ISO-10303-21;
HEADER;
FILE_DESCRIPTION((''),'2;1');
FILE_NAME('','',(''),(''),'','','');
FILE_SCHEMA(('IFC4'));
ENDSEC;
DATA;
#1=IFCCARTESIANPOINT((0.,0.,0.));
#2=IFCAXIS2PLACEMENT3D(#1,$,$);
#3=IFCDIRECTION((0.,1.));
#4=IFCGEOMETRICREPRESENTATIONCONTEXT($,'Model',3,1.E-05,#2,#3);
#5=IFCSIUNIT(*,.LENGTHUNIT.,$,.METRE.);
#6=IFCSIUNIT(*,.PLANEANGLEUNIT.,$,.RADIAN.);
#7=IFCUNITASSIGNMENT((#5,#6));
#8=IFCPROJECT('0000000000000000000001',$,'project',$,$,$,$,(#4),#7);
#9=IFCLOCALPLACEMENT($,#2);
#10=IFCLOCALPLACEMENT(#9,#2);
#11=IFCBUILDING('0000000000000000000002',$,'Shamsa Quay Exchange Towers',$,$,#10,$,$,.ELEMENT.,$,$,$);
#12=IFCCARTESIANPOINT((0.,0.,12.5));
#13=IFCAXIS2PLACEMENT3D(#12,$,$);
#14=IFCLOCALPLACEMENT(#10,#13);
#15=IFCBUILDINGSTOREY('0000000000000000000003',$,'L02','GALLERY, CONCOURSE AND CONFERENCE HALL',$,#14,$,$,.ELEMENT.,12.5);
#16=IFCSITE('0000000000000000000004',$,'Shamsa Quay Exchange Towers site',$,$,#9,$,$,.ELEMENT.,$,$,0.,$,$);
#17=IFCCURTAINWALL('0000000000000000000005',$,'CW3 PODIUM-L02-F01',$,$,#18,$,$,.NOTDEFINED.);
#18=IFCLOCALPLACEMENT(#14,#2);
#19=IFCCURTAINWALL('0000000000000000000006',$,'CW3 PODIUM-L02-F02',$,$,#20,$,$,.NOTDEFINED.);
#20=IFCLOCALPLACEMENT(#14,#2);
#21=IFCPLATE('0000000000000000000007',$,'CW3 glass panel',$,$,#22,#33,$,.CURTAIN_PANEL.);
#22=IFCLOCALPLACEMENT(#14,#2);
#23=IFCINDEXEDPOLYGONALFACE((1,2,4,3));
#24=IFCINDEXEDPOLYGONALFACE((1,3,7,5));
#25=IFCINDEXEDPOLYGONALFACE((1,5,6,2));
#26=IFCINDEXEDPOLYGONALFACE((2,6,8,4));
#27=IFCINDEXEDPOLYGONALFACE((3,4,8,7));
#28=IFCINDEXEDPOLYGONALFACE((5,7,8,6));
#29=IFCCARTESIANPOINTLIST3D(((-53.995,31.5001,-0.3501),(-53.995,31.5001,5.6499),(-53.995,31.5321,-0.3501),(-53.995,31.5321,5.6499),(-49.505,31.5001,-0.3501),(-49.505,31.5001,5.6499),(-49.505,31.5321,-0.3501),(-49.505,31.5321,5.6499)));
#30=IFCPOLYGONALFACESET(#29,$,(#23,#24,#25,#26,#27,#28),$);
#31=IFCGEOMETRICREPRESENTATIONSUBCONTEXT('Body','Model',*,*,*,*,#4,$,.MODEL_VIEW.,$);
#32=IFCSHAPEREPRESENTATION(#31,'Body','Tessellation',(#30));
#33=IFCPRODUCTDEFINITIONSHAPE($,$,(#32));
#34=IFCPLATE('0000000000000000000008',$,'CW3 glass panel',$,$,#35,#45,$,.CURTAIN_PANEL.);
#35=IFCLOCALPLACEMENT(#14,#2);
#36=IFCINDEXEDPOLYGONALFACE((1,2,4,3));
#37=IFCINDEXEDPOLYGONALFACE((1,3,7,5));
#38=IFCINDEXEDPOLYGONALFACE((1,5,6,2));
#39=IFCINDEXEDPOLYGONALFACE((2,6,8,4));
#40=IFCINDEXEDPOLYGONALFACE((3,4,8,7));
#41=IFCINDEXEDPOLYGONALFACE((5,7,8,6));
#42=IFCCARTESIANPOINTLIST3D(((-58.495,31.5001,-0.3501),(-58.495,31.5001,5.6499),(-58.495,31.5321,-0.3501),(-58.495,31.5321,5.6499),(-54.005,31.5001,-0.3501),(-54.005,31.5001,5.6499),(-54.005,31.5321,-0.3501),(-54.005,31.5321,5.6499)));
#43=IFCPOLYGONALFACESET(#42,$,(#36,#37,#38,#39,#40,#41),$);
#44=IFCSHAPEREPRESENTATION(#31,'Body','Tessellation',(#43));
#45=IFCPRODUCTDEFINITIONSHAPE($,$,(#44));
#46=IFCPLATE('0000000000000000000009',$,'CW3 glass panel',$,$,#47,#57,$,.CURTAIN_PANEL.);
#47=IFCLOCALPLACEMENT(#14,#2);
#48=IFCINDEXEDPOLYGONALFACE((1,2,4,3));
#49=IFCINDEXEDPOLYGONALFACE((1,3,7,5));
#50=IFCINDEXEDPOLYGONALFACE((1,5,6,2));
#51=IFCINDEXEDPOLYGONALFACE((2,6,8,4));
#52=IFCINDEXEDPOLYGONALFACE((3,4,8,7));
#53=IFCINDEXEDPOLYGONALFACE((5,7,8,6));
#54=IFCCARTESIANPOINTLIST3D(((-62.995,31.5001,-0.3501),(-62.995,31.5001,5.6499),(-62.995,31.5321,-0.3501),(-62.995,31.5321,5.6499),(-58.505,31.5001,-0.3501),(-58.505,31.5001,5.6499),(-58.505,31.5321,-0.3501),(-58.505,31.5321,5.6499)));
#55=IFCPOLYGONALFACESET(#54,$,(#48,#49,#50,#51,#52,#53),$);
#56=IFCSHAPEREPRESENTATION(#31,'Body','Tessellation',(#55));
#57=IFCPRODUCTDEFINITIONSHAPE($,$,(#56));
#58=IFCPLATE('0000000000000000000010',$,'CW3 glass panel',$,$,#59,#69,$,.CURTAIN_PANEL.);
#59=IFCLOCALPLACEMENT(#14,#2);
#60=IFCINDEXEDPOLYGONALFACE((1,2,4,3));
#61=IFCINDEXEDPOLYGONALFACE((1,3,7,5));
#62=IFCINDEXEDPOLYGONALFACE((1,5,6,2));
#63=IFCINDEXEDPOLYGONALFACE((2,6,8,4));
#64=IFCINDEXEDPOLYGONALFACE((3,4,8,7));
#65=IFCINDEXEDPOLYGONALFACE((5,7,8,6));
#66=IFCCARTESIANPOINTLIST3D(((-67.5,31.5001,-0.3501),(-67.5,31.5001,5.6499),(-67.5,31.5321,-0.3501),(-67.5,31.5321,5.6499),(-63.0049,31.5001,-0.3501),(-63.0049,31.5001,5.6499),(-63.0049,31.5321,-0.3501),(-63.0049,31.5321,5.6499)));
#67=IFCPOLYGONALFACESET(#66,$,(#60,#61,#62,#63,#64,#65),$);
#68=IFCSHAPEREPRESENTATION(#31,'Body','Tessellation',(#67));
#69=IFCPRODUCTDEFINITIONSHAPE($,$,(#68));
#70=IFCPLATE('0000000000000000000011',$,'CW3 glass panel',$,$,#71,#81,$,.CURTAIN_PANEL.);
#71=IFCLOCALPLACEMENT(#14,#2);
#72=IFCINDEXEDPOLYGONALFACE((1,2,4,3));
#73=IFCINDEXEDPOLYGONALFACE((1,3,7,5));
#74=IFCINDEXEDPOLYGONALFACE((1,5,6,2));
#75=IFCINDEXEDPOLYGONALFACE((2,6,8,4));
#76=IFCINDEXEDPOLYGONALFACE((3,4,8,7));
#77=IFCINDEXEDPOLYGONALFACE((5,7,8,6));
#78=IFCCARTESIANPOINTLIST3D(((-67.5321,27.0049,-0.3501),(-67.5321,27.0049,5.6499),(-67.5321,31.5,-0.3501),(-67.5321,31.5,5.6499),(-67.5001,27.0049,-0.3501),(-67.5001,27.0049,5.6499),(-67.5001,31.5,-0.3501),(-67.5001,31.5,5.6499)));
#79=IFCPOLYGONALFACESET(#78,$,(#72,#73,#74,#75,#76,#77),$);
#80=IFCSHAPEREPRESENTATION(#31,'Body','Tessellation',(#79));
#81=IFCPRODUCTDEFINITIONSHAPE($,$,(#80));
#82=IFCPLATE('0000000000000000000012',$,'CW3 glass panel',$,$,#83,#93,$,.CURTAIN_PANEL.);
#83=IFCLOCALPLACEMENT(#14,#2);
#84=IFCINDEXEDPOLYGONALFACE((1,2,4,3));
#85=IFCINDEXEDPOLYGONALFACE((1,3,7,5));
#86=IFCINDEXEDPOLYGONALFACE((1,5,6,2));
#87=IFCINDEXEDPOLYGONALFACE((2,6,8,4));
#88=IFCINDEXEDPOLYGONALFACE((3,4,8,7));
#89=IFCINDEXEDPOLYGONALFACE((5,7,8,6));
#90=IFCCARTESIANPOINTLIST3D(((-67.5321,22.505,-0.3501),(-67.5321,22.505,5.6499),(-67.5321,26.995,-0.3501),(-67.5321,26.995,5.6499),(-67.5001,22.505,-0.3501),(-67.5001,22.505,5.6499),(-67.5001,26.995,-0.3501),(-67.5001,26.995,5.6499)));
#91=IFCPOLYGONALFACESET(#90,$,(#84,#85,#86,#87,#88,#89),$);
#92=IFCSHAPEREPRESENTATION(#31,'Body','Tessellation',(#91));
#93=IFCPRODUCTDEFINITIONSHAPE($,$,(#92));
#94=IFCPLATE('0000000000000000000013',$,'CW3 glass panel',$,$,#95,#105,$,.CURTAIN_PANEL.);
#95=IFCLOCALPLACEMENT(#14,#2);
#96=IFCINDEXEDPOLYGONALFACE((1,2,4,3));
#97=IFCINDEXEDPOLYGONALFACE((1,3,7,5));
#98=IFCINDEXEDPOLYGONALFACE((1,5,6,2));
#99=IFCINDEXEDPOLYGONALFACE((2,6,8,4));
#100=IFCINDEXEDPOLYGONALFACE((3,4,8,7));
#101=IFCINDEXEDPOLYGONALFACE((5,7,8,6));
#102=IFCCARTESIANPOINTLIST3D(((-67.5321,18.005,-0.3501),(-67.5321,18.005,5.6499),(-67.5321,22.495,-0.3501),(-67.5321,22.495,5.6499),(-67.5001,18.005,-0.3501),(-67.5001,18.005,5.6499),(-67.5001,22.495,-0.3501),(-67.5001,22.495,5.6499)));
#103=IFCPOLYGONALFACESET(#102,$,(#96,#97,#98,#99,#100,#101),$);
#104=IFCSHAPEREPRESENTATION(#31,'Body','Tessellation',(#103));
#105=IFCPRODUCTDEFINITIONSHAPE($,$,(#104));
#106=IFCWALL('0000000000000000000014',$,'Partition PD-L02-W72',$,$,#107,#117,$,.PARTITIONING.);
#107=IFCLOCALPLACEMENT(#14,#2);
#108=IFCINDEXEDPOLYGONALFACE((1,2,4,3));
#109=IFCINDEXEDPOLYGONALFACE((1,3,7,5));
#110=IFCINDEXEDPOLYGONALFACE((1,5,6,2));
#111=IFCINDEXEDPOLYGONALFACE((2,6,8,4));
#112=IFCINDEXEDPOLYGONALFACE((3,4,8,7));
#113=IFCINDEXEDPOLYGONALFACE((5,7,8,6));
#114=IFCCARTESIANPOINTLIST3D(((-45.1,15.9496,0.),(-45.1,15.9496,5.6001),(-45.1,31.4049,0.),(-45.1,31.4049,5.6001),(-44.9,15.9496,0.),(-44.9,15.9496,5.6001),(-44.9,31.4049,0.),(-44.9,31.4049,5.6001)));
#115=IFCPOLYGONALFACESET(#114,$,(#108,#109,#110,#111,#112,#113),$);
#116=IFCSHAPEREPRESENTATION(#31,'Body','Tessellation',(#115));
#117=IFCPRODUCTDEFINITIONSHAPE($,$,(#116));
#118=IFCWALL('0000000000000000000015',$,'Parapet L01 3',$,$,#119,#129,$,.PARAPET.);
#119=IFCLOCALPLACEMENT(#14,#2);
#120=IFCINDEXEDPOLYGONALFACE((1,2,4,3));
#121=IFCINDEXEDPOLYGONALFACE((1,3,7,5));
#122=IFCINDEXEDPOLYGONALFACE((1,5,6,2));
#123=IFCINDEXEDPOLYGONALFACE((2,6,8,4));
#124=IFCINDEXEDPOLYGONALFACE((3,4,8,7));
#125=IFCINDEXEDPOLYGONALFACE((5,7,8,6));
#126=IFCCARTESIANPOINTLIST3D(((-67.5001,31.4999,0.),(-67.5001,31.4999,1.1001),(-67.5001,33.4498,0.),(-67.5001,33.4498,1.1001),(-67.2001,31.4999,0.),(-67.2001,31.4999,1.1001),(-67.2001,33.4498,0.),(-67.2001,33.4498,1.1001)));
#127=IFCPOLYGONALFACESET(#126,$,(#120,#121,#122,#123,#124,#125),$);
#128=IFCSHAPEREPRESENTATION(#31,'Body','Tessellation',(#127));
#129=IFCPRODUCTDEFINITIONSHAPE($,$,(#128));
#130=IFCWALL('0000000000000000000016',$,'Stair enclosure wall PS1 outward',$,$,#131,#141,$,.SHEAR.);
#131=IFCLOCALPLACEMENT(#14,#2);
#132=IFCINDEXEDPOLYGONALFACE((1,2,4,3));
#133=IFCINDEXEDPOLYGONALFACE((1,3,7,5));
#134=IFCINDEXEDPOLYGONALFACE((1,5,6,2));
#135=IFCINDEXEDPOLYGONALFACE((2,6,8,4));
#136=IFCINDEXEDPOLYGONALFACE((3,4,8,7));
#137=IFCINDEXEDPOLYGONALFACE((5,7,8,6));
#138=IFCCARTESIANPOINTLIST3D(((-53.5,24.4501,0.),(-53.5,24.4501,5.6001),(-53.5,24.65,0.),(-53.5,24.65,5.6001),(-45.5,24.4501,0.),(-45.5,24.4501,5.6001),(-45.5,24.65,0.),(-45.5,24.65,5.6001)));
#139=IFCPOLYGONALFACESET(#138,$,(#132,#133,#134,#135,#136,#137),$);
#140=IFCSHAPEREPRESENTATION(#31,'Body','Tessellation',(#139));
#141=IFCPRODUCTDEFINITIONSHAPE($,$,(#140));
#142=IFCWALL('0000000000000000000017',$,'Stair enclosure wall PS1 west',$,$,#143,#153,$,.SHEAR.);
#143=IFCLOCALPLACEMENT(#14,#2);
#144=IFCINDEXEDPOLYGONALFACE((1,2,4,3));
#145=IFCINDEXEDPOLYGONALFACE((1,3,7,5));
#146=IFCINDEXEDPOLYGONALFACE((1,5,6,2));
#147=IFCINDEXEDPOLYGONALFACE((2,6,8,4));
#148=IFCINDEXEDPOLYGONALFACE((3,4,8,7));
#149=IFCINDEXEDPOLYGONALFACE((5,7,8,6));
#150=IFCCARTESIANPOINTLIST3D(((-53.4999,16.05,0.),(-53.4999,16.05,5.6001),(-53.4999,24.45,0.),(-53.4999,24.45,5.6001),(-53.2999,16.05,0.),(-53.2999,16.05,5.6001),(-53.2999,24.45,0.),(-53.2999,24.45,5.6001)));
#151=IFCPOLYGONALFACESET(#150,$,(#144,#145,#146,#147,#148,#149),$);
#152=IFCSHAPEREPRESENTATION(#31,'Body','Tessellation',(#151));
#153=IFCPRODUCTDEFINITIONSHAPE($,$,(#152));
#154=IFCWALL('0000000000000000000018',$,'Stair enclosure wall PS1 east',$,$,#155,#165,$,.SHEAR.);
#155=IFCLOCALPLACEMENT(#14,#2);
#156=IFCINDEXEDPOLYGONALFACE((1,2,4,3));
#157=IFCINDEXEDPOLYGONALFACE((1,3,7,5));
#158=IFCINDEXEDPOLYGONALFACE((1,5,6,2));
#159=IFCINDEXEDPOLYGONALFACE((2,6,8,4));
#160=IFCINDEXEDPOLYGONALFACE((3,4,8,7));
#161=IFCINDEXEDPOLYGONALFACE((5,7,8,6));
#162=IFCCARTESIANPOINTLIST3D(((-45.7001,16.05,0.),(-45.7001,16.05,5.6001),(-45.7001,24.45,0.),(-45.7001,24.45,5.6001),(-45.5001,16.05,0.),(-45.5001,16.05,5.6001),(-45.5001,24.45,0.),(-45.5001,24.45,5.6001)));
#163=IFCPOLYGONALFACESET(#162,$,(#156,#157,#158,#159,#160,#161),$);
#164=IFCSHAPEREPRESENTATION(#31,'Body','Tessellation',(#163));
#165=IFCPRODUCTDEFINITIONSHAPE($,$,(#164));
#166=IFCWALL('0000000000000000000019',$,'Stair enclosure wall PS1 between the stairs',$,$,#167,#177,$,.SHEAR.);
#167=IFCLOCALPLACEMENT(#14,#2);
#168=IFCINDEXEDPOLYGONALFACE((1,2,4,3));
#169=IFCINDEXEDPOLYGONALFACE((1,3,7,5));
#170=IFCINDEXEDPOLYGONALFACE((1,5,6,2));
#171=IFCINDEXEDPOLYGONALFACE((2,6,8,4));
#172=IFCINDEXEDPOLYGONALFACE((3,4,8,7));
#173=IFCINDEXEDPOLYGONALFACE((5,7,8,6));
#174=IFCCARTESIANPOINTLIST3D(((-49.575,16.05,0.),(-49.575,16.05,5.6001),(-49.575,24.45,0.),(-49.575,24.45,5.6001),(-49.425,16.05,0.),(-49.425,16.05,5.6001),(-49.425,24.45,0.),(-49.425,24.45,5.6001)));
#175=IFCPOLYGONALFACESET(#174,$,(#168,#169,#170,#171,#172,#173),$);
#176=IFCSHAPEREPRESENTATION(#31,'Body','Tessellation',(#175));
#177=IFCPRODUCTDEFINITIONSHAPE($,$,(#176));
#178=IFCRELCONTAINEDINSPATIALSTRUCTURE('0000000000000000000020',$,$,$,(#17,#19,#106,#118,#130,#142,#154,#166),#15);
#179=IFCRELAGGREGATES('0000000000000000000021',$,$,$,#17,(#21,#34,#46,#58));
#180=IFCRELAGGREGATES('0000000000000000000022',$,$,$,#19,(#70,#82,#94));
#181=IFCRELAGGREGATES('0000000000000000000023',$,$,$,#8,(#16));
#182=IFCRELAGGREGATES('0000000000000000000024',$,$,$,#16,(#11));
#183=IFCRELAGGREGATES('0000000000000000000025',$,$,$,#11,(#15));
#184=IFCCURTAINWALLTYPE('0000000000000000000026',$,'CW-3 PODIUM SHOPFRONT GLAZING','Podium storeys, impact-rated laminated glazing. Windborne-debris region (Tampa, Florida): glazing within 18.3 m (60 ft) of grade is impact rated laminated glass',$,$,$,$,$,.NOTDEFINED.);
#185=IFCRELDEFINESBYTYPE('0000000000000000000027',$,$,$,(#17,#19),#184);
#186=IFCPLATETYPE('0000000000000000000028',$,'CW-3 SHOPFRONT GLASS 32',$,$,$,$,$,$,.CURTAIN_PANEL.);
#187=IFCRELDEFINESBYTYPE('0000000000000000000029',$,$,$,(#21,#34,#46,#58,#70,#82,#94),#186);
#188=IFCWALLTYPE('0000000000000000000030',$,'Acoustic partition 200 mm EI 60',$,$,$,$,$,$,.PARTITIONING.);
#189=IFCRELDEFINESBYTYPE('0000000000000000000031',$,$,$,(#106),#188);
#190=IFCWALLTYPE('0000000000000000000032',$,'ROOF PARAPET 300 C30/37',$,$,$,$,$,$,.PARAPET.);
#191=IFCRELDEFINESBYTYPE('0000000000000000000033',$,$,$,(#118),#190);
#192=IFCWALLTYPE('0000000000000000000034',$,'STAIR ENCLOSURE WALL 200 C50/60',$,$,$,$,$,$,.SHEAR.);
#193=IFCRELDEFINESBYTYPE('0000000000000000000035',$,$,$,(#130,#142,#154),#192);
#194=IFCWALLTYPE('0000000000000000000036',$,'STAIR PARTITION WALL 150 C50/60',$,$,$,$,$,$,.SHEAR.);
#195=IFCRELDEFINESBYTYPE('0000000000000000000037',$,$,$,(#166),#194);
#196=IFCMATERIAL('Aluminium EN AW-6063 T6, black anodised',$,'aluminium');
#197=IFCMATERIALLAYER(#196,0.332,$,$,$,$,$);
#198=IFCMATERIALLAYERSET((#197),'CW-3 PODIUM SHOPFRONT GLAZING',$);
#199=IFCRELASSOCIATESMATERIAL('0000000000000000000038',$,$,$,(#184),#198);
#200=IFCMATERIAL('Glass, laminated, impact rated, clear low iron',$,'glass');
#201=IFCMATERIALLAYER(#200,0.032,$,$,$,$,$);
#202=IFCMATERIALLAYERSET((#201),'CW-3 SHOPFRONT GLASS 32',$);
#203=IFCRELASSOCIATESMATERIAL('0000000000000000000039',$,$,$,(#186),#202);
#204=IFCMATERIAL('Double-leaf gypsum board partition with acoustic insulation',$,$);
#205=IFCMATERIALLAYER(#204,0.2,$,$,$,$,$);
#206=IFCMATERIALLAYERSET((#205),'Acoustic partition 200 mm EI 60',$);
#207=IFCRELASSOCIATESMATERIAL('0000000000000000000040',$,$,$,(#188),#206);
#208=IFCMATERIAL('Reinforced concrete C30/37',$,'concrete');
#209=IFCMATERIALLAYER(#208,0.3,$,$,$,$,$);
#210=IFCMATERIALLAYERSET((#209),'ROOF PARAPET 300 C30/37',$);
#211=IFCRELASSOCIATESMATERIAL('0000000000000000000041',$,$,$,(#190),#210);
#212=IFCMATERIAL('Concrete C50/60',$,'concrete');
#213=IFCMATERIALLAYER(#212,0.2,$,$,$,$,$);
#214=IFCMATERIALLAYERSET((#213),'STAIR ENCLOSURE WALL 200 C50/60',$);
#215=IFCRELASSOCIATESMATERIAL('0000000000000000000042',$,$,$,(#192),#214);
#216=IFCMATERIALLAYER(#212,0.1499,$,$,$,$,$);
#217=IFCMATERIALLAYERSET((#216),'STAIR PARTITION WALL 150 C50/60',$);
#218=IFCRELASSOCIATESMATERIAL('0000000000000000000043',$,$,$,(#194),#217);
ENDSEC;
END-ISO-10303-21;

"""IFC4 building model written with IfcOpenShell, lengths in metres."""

from ifc_helpers import new_model, si_unit, direction, frame, frame_2d, origin, origin_2d, place, context, subcontext, project, spatial, rectangle, extrude, material, layer, layer_set, type_object, element, aggregate, save


model = new_model("IFC4")

# Units and contexts
model_context = context("Model", 3, precision=1e-05, world=origin(), true_north=direction((0.0, 1.0)))
body_context = subcontext(model_context, "Body", "Model", "MODEL_VIEW")
ifc_project = project(units=[si_unit("LENGTHUNIT", "METRE"), si_unit("PLANEANGLEUNIT", "RADIAN")], contexts=[model_context])

# Site, building, storey
site_placement = place(None, origin())
site = spatial("IfcSite", under=ifc_project, at=site_placement, Name="Shamsa Quay Exchange Towers site", CompositionType="ELEMENT", RefElevation=0.0)
building_placement = place(site_placement, origin())
building = spatial("IfcBuilding", under=site, at=building_placement, Name="Shamsa Quay Exchange Towers", CompositionType="ELEMENT")
storey_placement = place(building_placement, frame((0.0, 0.0, 12.5)))
storey = spatial("IfcBuildingStorey", under=building, at=storey_placement, Name="L02", Description="GALLERY, CONCOURSE AND CONFERENCE HALL", CompositionType="ELEMENT", Elevation=12.5)

# Curtain walls
ifc_material_1 = material(Name="Aluminium EN AW-6063 T6, black anodised", Category="aluminium")
ifc_layer_1 = layer(ifc_material_1, 0.332)
ifc_layer_set_1 = layer_set([ifc_layer_1], Name="CW-3 PODIUM SHOPFRONT GLAZING")
curtain_wall_type = type_object("IfcCurtainWallType", Name="CW-3 PODIUM SHOPFRONT GLAZING", Description="Podium storeys, impact-rated laminated glazing. Windborne-debris region (Tampa, Florida): glazing within 18.3 m (60 ft) of grade is impact rated laminated glass", PredefinedType="NOTDEFINED", material=ifc_layer_set_1)
curtain_wall_1_placement = place(storey_placement, origin())
curtain_wall_1 = element("IfcCurtainWall", 1, at=curtain_wall_1_placement, inside=storey, type_object=curtain_wall_type, Name="CW3 PODIUM-L02-F01", PredefinedType="NOTDEFINED")
curtain_wall_2_placement = place(storey_placement, origin())
curtain_wall_2 = element("IfcCurtainWall", 2, at=curtain_wall_2_placement, inside=storey, type_object=curtain_wall_type, Name="CW3 PODIUM-L02-F02", PredefinedType="NOTDEFINED")

# Plates
ifc_material_2 = material(Name="Glass, laminated, impact rated, clear low iron", Category="glass")
ifc_layer_2 = layer(ifc_material_2, 0.032)
ifc_layer_set_2 = layer_set([ifc_layer_2], Name="CW-3 SHOPFRONT GLASS 32")
plate_type = type_object("IfcPlateType", Name="CW-3 SHOPFRONT GLASS 32", PredefinedType="CURTAIN_PANEL", material=ifc_layer_set_2)
plate_1_placement = place(storey_placement, frame((-51.75, 31.5161, -0.3501), z_axis=(0.0, 0.0, 1.0), x_axis=(-1.0, 0.0, 0.0)))
plate_1 = element("IfcPlate", 3, at=plate_1_placement, type_object=plate_type, Name="CW3 glass panel", PredefinedType="CURTAIN_PANEL", context=body_context, shape_type="SweptSolid", body=[
    extrude(rectangle(XDim=4.49, YDim=0.032, at=origin_2d()), origin(), (0.0, 0.0, 1.0), 6.0),
])
plate_2_placement = place(storey_placement, frame((-56.25, 31.5161, -0.3501), z_axis=(0.0, 0.0, 1.0), x_axis=(-1.0, 0.0, 0.0)))
plate_2 = element("IfcPlate", 4, at=plate_2_placement, type_object=plate_type, Name="CW3 glass panel", PredefinedType="CURTAIN_PANEL", context=body_context, shape_type="SweptSolid", body=[
    extrude(rectangle(XDim=4.49, YDim=0.032, at=origin_2d()), origin(), (0.0, 0.0, 1.0), 6.0),
])
plate_3_placement = place(storey_placement, frame((-60.75, 31.5161, -0.3501), z_axis=(0.0, 0.0, 1.0), x_axis=(-1.0, 0.0, 0.0)))
plate_3 = element("IfcPlate", 5, at=plate_3_placement, type_object=plate_type, Name="CW3 glass panel", PredefinedType="CURTAIN_PANEL", context=body_context, shape_type="SweptSolid", body=[
    extrude(rectangle(XDim=4.49, YDim=0.032, at=origin_2d()), origin(), (0.0, 0.0, 1.0), 6.0),
])
plate_4_placement = place(storey_placement, frame((-65.2524, 31.5161, -0.3501), z_axis=(0.0, 0.0, 1.0), x_axis=(-1.0, 0.0, 0.0)))
plate_4 = element("IfcPlate", 6, at=plate_4_placement, type_object=plate_type, Name="CW3 glass panel", PredefinedType="CURTAIN_PANEL", context=body_context, shape_type="SweptSolid", body=[
    extrude(rectangle(XDim=4.4951, YDim=0.032, at=origin_2d()), origin(), (0.0, 0.0, 1.0), 6.0),
])
aggregate(curtain_wall_1, [plate_1, plate_2, plate_3, plate_4])
plate_5_placement = place(storey_placement, frame((-67.5161, 29.2524, -0.3501), z_axis=(0.0, 0.0, 1.0), x_axis=(0.0, -1.0, 0.0)))
plate_5 = element("IfcPlate", 7, at=plate_5_placement, type_object=plate_type, Name="CW3 glass panel", PredefinedType="CURTAIN_PANEL", context=body_context, shape_type="SweptSolid", body=[
    extrude(rectangle(XDim=4.4951, YDim=0.032, at=origin_2d()), origin(), (0.0, 0.0, 1.0), 6.0),
])
plate_6_placement = place(storey_placement, frame((-67.5161, 24.75, -0.3501), z_axis=(0.0, 0.0, 1.0), x_axis=(0.0, -1.0, 0.0)))
plate_6 = element("IfcPlate", 8, at=plate_6_placement, type_object=plate_type, Name="CW3 glass panel", PredefinedType="CURTAIN_PANEL", context=body_context, shape_type="SweptSolid", body=[
    extrude(rectangle(XDim=4.49, YDim=0.032, at=origin_2d()), origin(), (0.0, 0.0, 1.0), 6.0),
])
plate_7_placement = place(storey_placement, frame((-67.5161, 20.25, -0.3501), z_axis=(0.0, 0.0, 1.0), x_axis=(0.0, -1.0, 0.0)))
plate_7 = element("IfcPlate", 9, at=plate_7_placement, type_object=plate_type, Name="CW3 glass panel", PredefinedType="CURTAIN_PANEL", context=body_context, shape_type="SweptSolid", body=[
    extrude(rectangle(XDim=4.49, YDim=0.032, at=origin_2d()), origin(), (0.0, 0.0, 1.0), 6.0),
])
aggregate(curtain_wall_2, [plate_5, plate_6, plate_7])

# Walls
ifc_material_3 = material(Name="Double-leaf gypsum board partition with acoustic insulation")
ifc_layer_3 = layer(ifc_material_3, 0.2)
ifc_layer_set_3 = layer_set([ifc_layer_3], Name="Acoustic partition 200 mm EI 60")
wall_type_1 = type_object("IfcWallType", Name="Acoustic partition 200 mm EI 60", PredefinedType="PARTITIONING", material=ifc_layer_set_3)
wall_1_placement = place(storey_placement, frame((-45.0, 15.9497, 0.0), z_axis=(0.0, 0.0, 1.0), x_axis=(0.0, 1.0, 0.0)))
element("IfcWall", 10, at=wall_1_placement, inside=storey, type_object=wall_type_1, Name="Partition PD-L02-W72", PredefinedType="PARTITIONING", context=body_context, shape_type="SweptSolid", body=[
    extrude(rectangle(XDim=15.4553, YDim=0.2, at=frame_2d((7.7275, 0.0))), origin(), (0.0, 0.0, 1.0), 5.6001),
])
ifc_material_4 = material(Name="Reinforced concrete C30/37", Category="concrete")
ifc_layer_4 = layer(ifc_material_4, 0.3)
ifc_layer_set_4 = layer_set([ifc_layer_4], Name="ROOF PARAPET 300 C30/37")
wall_type_2 = type_object("IfcWallType", Name="ROOF PARAPET 300 C30/37", PredefinedType="PARAPET", material=ifc_layer_set_4)
wall_2_placement = place(storey_placement, frame((-67.3501, 33.45, 0.0), z_axis=(0.0, 0.0, 1.0), x_axis=(0.0, -1.0, 0.0)))
element("IfcWall", 11, at=wall_2_placement, inside=storey, type_object=wall_type_2, Name="Parapet L01 3", PredefinedType="PARAPET", context=body_context, shape_type="SweptSolid", body=[
    extrude(rectangle(XDim=1.95, YDim=0.3, at=frame_2d((0.9751, 0.0))), origin(), (0.0, 0.0, 1.0), 1.1001),
])

# Shared definitions
ifc_material_5 = material(Name="Concrete C50/60", Category="concrete")
ifc_layer_5 = layer(ifc_material_5, 0.2)
ifc_layer_set_5 = layer_set([ifc_layer_5], Name="STAIR ENCLOSURE WALL 200 C50/60")
wall_type_3 = type_object("IfcWallType", Name="STAIR ENCLOSURE WALL 200 C50/60", PredefinedType="SHEAR", material=ifc_layer_set_5)

# Walls
wall_3_placement = place(storey_placement, frame((-53.5, 24.55, 0.0)))
element("IfcWall", 12, at=wall_3_placement, inside=storey, type_object=wall_type_3, Name="Stair enclosure wall PS1 outward", PredefinedType="SHEAR", context=body_context, shape_type="SweptSolid", body=[
    extrude(rectangle(XDim=8.0, YDim=0.2, at=frame_2d((4.0, 0.0))), origin(), (0.0, 0.0, 1.0), 5.6001),
])
for number, where, z_axis, x_axis, name in (
    (13, (-53.3999, 16.05, 0.0), (0.0, 0.0, 1.0), (0.0, 1.0, 0.0), "Stair enclosure wall PS1 west"),
    (14, (-45.6001, 16.05, 0.0), (0.0, 0.0, 1.0), (0.0, 1.0, 0.0), "Stair enclosure wall PS1 east"),
):
    element("IfcWall", number, at=place(storey_placement, frame(where, z_axis=z_axis, x_axis=x_axis)), inside=storey, type_object=wall_type_3, Name=name, PredefinedType="SHEAR", context=body_context, shape_type="SweptSolid", body=[
        extrude(rectangle(XDim=8.3999, YDim=0.2, at=frame_2d((4.2, 0.0))), origin(), (0.0, 0.0, 1.0), 5.6001),
    ])
ifc_layer_6 = layer(ifc_material_5, 0.1499)
ifc_layer_set_6 = layer_set([ifc_layer_6], Name="STAIR PARTITION WALL 150 C50/60")
wall_type_4 = type_object("IfcWallType", Name="STAIR PARTITION WALL 150 C50/60", PredefinedType="SHEAR", material=ifc_layer_set_6)
wall_4_placement = place(storey_placement, frame((-49.5, 16.05, 0.0), z_axis=(0.0, 0.0, 1.0), x_axis=(0.0, 1.0, 0.0)))
element("IfcWall", 15, at=wall_4_placement, inside=storey, type_object=wall_type_4, Name="Stair enclosure wall PS1 between the stairs", PredefinedType="SHEAR", context=body_context, shape_type="SweptSolid", body=[
    extrude(rectangle(XDim=8.3999, YDim=0.1499, at=frame_2d((4.2, 0.0))), origin(), (0.0, 0.0, 1.0), 5.6001),
])

save(model, "model.ifc")
